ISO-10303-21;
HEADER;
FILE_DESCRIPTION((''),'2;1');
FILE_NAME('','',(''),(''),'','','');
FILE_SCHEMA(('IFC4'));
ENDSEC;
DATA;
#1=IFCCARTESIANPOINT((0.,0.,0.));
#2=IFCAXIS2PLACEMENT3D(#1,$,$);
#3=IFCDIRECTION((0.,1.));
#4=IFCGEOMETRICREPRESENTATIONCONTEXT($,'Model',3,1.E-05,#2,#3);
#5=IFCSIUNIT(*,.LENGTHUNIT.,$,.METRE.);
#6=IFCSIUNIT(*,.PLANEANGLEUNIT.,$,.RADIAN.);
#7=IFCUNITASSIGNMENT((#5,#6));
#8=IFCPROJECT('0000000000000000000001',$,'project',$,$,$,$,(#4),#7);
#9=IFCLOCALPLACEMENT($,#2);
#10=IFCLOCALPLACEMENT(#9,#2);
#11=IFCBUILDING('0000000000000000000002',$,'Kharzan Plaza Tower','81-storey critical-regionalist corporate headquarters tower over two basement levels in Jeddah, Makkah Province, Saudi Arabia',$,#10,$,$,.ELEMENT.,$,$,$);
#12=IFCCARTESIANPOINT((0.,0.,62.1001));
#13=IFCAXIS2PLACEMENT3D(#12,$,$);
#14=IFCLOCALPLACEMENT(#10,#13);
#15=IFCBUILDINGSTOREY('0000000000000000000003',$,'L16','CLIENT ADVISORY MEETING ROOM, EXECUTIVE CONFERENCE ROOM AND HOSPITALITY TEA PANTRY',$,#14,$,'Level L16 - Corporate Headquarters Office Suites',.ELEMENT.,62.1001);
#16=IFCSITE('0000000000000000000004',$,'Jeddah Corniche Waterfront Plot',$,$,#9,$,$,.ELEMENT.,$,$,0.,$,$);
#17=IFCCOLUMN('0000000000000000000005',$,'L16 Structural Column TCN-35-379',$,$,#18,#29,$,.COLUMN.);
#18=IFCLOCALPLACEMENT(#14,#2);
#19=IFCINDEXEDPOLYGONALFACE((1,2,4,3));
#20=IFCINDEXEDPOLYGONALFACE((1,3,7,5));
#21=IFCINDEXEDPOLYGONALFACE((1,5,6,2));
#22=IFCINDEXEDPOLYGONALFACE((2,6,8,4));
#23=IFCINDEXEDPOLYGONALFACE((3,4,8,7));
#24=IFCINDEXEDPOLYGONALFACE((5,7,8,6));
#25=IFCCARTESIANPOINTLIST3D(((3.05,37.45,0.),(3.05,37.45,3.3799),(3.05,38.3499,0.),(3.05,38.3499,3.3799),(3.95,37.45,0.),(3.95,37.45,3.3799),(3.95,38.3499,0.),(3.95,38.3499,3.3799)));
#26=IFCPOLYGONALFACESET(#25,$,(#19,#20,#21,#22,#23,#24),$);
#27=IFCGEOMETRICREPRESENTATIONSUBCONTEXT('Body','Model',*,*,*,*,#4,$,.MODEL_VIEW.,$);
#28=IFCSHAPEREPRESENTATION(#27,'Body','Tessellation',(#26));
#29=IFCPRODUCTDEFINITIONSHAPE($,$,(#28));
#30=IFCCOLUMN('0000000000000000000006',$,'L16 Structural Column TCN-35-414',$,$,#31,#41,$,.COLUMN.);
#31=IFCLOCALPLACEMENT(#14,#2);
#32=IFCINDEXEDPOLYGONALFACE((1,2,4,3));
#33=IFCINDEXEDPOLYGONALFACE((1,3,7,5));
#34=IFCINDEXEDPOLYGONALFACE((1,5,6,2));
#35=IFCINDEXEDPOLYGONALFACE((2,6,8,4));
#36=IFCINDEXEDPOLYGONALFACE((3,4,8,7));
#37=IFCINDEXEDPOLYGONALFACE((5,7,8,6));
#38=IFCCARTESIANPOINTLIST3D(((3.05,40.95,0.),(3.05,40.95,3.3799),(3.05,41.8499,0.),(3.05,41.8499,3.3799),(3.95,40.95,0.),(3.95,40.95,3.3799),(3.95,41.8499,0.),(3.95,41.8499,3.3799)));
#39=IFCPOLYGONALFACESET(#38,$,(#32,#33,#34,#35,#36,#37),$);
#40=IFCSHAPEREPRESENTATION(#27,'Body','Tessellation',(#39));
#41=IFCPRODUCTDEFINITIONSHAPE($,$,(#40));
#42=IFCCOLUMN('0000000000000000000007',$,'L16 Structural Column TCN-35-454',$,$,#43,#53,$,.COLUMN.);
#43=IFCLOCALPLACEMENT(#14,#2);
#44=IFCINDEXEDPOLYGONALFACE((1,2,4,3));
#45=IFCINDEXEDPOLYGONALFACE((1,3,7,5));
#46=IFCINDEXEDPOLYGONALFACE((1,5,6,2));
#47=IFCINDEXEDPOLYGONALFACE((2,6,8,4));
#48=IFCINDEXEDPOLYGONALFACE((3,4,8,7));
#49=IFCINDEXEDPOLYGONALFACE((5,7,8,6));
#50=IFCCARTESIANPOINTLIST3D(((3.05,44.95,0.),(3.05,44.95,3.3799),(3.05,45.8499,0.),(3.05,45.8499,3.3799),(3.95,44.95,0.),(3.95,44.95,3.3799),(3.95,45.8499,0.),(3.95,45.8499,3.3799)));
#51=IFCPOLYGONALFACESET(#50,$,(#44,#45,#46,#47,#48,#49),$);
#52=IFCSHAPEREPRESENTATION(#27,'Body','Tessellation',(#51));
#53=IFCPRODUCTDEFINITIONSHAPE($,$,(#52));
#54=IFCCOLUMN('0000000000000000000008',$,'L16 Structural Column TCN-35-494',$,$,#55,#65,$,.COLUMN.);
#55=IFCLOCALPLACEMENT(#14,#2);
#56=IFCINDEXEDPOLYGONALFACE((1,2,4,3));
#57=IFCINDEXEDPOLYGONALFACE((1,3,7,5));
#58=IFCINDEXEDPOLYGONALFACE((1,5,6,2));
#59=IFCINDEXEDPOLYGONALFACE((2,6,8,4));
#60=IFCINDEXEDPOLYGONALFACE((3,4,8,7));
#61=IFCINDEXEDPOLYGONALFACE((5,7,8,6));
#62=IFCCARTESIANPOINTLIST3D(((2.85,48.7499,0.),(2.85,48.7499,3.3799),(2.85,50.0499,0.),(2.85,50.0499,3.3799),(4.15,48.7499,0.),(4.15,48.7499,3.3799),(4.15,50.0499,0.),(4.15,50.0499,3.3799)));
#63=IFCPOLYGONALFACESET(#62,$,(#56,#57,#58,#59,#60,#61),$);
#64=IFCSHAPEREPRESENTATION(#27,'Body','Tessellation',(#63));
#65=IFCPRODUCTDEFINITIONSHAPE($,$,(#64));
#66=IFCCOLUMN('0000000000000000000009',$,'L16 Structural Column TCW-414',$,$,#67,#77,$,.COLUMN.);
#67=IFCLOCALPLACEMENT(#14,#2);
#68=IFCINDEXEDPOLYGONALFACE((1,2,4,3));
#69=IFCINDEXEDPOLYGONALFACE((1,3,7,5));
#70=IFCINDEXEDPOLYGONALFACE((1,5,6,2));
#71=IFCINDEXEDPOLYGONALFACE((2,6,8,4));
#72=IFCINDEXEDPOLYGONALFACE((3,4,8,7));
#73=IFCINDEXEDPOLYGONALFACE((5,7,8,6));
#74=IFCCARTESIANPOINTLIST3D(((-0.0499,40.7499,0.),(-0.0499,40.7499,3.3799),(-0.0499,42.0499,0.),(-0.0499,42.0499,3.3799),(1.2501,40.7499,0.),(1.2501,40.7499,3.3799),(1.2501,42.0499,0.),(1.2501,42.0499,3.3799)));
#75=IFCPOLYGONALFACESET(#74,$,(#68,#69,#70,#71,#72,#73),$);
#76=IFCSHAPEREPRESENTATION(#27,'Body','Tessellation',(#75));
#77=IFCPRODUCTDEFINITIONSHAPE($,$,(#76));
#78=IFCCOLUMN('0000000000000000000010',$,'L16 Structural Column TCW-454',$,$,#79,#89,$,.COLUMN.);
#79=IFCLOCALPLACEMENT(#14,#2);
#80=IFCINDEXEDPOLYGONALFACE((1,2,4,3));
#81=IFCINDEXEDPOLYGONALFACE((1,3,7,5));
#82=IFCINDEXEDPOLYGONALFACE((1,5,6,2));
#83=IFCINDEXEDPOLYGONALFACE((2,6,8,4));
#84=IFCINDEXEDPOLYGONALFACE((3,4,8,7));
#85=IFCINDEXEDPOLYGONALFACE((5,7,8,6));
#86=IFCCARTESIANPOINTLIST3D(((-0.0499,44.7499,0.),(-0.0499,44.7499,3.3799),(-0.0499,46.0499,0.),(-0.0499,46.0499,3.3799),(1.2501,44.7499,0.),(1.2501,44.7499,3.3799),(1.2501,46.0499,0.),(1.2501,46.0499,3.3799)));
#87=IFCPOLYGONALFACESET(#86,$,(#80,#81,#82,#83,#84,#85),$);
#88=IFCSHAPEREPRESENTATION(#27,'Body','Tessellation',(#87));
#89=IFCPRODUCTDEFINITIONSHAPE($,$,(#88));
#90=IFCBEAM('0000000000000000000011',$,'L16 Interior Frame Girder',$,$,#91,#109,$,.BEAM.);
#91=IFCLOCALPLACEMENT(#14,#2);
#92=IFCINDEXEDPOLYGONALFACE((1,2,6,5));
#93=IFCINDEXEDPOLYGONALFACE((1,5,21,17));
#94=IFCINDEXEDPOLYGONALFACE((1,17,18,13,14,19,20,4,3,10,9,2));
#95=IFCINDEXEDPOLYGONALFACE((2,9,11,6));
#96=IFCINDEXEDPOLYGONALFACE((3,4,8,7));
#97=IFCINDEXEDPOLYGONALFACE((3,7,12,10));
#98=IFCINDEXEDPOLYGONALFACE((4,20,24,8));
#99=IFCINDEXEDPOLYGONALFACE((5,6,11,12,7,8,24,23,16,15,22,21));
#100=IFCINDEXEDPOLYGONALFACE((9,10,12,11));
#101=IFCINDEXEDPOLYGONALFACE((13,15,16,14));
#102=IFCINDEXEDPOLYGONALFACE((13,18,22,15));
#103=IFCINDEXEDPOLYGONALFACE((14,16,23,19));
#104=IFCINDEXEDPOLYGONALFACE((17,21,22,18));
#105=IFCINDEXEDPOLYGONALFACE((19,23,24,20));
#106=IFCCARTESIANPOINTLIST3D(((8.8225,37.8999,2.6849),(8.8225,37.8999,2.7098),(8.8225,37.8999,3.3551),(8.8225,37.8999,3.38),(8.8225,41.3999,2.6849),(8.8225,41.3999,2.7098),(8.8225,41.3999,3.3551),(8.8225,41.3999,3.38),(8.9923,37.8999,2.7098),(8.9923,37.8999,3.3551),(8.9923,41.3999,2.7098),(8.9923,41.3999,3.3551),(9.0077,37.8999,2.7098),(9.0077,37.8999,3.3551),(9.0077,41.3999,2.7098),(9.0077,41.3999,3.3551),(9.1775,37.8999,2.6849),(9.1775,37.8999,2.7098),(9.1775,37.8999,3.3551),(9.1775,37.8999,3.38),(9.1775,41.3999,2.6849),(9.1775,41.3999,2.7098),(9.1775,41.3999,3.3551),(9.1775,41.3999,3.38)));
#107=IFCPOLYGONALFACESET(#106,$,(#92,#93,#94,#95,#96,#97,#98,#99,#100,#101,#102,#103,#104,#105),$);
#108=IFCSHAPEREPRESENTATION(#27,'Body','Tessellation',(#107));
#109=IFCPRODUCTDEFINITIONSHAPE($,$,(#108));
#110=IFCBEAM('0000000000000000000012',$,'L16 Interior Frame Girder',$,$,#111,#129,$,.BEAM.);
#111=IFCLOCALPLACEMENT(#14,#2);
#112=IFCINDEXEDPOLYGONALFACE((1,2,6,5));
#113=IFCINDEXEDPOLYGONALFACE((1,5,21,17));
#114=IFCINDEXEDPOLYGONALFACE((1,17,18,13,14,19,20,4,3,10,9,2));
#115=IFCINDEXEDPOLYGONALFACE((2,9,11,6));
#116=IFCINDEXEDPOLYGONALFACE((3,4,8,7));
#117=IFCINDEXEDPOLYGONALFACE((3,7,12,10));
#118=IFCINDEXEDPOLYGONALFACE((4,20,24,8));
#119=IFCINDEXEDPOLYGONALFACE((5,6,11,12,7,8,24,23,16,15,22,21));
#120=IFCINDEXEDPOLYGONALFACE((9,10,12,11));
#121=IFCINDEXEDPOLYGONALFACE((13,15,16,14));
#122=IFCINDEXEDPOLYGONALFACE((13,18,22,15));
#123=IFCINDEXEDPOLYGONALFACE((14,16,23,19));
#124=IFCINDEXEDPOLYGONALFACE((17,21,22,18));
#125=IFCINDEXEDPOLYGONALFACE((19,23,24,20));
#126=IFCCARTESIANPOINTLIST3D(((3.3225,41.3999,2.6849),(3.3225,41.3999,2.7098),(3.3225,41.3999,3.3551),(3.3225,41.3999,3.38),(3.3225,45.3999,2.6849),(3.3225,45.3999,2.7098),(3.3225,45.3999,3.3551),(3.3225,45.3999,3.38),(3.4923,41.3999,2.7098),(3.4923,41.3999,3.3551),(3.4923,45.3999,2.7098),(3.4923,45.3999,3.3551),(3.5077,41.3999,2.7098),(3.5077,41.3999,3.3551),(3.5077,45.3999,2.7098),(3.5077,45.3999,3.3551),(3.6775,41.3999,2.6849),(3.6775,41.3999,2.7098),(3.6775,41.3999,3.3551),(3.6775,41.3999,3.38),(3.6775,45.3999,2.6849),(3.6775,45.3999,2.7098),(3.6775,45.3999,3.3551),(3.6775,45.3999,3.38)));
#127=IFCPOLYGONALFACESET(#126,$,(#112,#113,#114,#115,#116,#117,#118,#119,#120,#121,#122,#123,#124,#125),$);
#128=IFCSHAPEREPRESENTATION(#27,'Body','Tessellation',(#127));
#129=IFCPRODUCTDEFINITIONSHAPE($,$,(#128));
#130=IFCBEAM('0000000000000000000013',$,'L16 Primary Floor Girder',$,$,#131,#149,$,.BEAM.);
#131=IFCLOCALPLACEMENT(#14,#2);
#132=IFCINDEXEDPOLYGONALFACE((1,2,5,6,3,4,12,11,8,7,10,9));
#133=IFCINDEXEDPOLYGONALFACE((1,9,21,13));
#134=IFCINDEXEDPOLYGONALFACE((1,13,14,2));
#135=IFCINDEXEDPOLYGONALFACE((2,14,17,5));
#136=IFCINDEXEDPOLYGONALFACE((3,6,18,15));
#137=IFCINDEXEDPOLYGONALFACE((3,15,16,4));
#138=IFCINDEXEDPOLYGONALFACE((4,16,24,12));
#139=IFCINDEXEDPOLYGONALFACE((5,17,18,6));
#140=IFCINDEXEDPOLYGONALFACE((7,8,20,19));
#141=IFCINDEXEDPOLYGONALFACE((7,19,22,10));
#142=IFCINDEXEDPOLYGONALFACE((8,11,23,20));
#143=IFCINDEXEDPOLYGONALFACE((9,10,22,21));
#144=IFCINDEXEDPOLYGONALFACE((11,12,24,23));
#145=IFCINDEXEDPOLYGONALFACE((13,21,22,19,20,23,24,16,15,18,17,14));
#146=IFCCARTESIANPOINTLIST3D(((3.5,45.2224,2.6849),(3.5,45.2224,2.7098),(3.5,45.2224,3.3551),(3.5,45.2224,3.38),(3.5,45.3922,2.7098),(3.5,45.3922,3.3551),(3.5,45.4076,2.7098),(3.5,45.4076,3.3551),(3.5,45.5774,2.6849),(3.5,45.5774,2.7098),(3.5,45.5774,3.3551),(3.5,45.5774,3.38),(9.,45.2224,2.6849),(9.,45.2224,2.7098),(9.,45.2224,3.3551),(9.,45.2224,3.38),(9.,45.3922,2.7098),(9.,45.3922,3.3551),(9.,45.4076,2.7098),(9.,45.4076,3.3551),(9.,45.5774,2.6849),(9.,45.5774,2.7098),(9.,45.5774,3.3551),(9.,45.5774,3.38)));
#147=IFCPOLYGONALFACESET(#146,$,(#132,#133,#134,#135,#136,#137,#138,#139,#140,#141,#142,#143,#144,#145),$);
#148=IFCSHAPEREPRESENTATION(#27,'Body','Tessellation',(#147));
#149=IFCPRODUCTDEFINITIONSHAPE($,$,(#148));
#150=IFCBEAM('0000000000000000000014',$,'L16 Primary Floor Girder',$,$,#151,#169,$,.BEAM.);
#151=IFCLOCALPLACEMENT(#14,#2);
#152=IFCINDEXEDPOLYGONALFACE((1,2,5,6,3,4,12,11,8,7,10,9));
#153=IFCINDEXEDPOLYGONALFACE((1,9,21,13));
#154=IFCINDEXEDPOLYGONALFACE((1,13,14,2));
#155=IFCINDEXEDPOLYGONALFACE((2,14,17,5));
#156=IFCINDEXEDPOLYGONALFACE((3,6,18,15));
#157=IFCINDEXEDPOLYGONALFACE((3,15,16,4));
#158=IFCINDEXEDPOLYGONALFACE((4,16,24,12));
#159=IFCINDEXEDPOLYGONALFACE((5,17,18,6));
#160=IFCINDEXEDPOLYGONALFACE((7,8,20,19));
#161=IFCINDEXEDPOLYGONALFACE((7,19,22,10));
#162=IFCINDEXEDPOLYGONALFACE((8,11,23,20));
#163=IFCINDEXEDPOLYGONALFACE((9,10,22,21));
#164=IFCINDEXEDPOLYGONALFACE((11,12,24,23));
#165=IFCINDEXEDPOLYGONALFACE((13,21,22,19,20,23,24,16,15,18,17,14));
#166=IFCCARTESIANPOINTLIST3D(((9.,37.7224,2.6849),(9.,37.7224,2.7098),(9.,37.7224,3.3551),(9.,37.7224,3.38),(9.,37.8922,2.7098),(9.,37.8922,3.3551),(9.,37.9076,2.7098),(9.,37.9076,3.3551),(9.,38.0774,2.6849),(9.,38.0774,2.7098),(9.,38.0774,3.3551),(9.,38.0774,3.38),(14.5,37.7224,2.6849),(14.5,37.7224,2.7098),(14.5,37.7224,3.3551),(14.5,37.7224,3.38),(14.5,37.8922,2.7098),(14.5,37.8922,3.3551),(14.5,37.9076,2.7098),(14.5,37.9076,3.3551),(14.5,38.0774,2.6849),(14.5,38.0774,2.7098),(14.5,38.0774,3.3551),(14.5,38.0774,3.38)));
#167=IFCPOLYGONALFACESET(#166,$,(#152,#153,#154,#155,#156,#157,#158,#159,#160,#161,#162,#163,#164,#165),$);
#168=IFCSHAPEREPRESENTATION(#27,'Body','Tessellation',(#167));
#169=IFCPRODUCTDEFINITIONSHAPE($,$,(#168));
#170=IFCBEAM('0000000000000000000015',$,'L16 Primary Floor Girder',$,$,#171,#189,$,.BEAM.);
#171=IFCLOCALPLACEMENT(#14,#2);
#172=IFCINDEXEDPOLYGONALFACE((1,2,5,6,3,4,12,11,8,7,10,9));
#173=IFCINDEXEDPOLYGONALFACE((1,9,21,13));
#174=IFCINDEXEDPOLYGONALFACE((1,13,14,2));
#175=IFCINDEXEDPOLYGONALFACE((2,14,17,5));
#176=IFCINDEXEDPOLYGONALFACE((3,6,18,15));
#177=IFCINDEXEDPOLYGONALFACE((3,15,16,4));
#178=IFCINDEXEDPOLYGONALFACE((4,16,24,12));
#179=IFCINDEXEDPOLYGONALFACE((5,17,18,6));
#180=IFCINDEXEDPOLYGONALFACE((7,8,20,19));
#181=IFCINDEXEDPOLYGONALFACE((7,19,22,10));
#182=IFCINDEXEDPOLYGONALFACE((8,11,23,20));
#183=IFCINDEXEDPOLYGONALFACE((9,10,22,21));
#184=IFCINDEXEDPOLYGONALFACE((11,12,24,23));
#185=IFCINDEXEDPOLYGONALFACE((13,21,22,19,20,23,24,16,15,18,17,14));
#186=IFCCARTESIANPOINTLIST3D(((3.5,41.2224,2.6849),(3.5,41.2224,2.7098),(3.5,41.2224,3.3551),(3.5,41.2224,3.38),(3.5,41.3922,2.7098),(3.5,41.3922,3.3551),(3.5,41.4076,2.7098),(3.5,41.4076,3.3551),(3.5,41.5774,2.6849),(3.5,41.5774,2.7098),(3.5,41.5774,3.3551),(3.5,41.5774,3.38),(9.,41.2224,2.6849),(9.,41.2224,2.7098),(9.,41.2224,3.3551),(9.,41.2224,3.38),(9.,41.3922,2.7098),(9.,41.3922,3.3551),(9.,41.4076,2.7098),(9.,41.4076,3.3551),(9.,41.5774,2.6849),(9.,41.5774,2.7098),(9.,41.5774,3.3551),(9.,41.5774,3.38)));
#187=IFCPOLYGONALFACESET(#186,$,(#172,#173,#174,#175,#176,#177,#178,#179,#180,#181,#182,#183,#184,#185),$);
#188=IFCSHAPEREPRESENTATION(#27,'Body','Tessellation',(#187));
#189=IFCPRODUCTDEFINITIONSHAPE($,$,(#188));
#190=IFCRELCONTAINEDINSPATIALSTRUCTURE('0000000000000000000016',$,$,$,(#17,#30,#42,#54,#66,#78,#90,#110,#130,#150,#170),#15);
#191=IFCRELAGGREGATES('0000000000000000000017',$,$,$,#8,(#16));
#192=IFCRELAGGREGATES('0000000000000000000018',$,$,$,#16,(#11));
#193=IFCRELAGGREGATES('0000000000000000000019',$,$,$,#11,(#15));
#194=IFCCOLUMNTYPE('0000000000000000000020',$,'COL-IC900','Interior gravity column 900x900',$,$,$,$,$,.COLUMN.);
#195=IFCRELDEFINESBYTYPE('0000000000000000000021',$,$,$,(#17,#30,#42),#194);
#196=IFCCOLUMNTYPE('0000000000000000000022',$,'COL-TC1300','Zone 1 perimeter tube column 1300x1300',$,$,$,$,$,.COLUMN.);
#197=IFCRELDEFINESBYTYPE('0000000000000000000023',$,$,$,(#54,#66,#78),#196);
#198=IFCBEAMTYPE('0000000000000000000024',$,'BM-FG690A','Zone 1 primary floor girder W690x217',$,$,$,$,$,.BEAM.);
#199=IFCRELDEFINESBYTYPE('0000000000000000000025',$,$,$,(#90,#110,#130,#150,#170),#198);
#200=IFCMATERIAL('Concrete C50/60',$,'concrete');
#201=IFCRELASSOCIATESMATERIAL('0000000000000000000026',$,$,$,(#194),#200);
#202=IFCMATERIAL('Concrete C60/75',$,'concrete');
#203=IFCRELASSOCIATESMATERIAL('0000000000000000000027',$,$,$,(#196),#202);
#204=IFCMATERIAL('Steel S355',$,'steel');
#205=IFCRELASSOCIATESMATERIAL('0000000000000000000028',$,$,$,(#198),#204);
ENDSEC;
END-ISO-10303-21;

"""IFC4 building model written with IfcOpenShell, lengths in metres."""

from ifc_helpers import new_model, si_unit, direction, frame, origin, origin_2d, place, context, subcontext, project, spatial, rectangle, i_section, extrude, source, transform, mapped, material, material_profile, profile_set, type_object, element, save


model = new_model("IFC4")

# Units and contexts
model_context = context("Model", 3, precision=1e-05, world=origin(), true_north=direction((0.0, 1.0)))
body_context = subcontext(model_context, "Body", "Model", "MODEL_VIEW")
ifc_project = project(units=[si_unit("LENGTHUNIT", "METRE"), si_unit("PLANEANGLEUNIT", "RADIAN")], contexts=[model_context])

# Site, building, storey
site_placement = place(None, origin())
site = spatial("IfcSite", under=ifc_project, at=site_placement, Name="Jeddah Corniche Waterfront Plot", CompositionType="ELEMENT", RefElevation=0.0)
building_placement = place(site_placement, origin())
building = spatial("IfcBuilding", under=site, at=building_placement, Name="Kharzan Plaza Tower", Description="81-storey critical-regionalist corporate headquarters tower over two basement levels in Jeddah, Makkah Province, Saudi Arabia", CompositionType="ELEMENT")
storey_placement = place(building_placement, frame((0.0, 0.0, 62.1001)))
storey = spatial("IfcBuildingStorey", under=building, at=storey_placement, Name="L16", Description="CLIENT ADVISORY MEETING ROOM, EXECUTIVE CONFERENCE ROOM AND HOSPITALITY TEA PANTRY", LongName="Level L16 - Corporate Headquarters Office Suites", CompositionType="ELEMENT", Elevation=62.1001)

# Columns
ifc_material_1 = material(Name="Concrete C50/60", Category="concrete")
ifc_material_profile_1 = material_profile(ifc_material_1, rectangle(XDim=0.8999, YDim=0.8999, at=origin_2d()), Name="RC-IC900x900")
ifc_profile_set_1 = profile_set([ifc_material_profile_1], Name="Concrete C50/60")
column_type_1 = type_object("IfcColumnType", Name="COL-IC900", Description="Interior gravity column 900x900", PredefinedType="COLUMN", material=ifc_profile_set_1)
shared_shape_1 = source(origin(), body_context, "Body", "SweptSolid", [
    extrude(rectangle(XDim=0.8999, YDim=0.8999, at=origin_2d()), origin(), (0.0, 0.0, 1.0), 3.3799),
])
for number, where, z_axis, x_axis, name in (
    (1, (3.5, 37.8999, 0.0), (0.0, 0.0, 1.0), (1.0, 0.0, 0.0), "L16 Structural Column TCN-35-379"),
    (2, (3.5, 41.3999, 0.0), (0.0, 0.0, 1.0), (1.0, 0.0, 0.0), "L16 Structural Column TCN-35-414"),
    (3, (3.5, 45.3999, 0.0), (0.0, 0.0, 1.0), (1.0, 0.0, 0.0), "L16 Structural Column TCN-35-454"),
):
    element("IfcColumn", number, at=place(storey_placement, frame(where, z_axis=z_axis, x_axis=x_axis)), inside=storey, type_object=column_type_1, Name=name, PredefinedType="COLUMN", context=body_context, shape_type="MappedRepresentation", body=[
        mapped(shared_shape_1, transform((0.0, 0.0, 0.0), x_axis=(1.0, 0.0, 0.0), y_axis=(0.0, 1.0, 0.0), z_axis=(0.0, 0.0, 1.0))),
    ])
ifc_material_2 = material(Name="Concrete C60/75", Category="concrete")
ifc_material_profile_2 = material_profile(ifc_material_2, rectangle(XDim=1.3, YDim=1.3, at=origin_2d()), Name="RC-TC1300x1300")
ifc_profile_set_2 = profile_set([ifc_material_profile_2], Name="Concrete C60/75")
column_type_2 = type_object("IfcColumnType", Name="COL-TC1300", Description="Zone 1 perimeter tube column 1300x1300", PredefinedType="COLUMN", material=ifc_profile_set_2)
shared_shape_2 = source(origin(), body_context, "Body", "SweptSolid", [
    extrude(rectangle(XDim=1.3, YDim=1.3, at=origin_2d()), origin(), (0.0, 0.0, 1.0), 3.3799),
])
for number, where, z_axis, x_axis, name in (
    (4, (3.5, 49.3999, 0.0), (0.0, 0.0, 1.0), (1.0, 0.0, 0.0), "L16 Structural Column TCN-35-494"),
    (5, (0.6001, 41.3999, 0.0), (0.0, 0.0, 1.0), (1.0, 0.0, 0.0), "L16 Structural Column TCW-414"),
    (6, (0.6001, 45.3999, 0.0), (0.0, 0.0, 1.0), (1.0, 0.0, 0.0), "L16 Structural Column TCW-454"),
):
    element("IfcColumn", number, at=place(storey_placement, frame(where, z_axis=z_axis, x_axis=x_axis)), inside=storey, type_object=column_type_2, Name=name, PredefinedType="COLUMN", context=body_context, shape_type="MappedRepresentation", body=[
        mapped(shared_shape_2, transform((0.0, 0.0, 0.0), x_axis=(1.0, 0.0, 0.0), y_axis=(0.0, 1.0, 0.0), z_axis=(0.0, 0.0, 1.0))),
    ])

# Beams
ifc_material_3 = material(Name="Steel S355", Category="steel")
ifc_material_profile_3 = material_profile(ifc_material_3, i_section(OverallWidth=0.355, OverallDepth=0.6951, WebThickness=0.0154, FlangeThickness=0.0249, at=origin_2d()), Name="W690x217")
ifc_profile_set_3 = profile_set([ifc_material_profile_3], Name="Steel S355")
beam_type_1 = type_object("IfcBeamType", Name="BM-FG690A", Description="Zone 1 primary floor girder W690x217", PredefinedType="BEAM", material=ifc_profile_set_3)
shared_shape_3 = source(origin(), body_context, "Body", "SweptSolid", [
    extrude(i_section(OverallWidth=0.355, OverallDepth=0.6951, WebThickness=0.0154, FlangeThickness=0.0249, at=origin_2d()), origin(), (0.0, 0.0, 1.0), 3.5),
])
beam_1_placement = place(storey_placement, frame((9.0, 37.8999, 3.0325), z_axis=(0.0, 1.0, 0.0), x_axis=(-1.0, 0.0, 0.0)))
element("IfcBeam", 7, at=beam_1_placement, inside=storey, type_object=beam_type_1, Name="L16 Interior Frame Girder", PredefinedType="BEAM", context=body_context, shape_type="MappedRepresentation", body=[
    mapped(shared_shape_3, transform((0.0, 0.0, 0.0), x_axis=(1.0, 0.0, 0.0), y_axis=(0.0, 1.0, 0.0), z_axis=(0.0, 0.0, 1.0))),
])
shared_shape_4 = source(origin(), body_context, "Body", "SweptSolid", [
    extrude(i_section(OverallWidth=0.355, OverallDepth=0.6951, WebThickness=0.0154, FlangeThickness=0.0249, at=origin_2d()), origin(), (0.0, 0.0, 1.0), 4.0),
])
beam_2_placement = place(storey_placement, frame((3.5, 41.3999, 3.0325), z_axis=(0.0, 1.0, 0.0), x_axis=(-1.0, 0.0, 0.0)))
element("IfcBeam", 8, at=beam_2_placement, inside=storey, type_object=beam_type_1, Name="L16 Interior Frame Girder", PredefinedType="BEAM", context=body_context, shape_type="MappedRepresentation", body=[
    mapped(shared_shape_4, transform((0.0, 0.0, 0.0), x_axis=(1.0, 0.0, 0.0), y_axis=(0.0, 1.0, 0.0), z_axis=(0.0, 0.0, 1.0))),
])
shared_shape_5 = source(origin(), body_context, "Body", "SweptSolid", [
    extrude(i_section(OverallWidth=0.355, OverallDepth=0.6951, WebThickness=0.0154, FlangeThickness=0.0249, at=origin_2d()), origin(), (0.0, 0.0, 1.0), 5.5),
])
for number, where, z_axis, x_axis, name in (
    (9, (3.5, 45.3999, 3.0325), (1.0, 0.0, 0.0), (0.0, 1.0, 0.0), "L16 Primary Floor Girder"),
    (10, (9.0, 37.8999, 3.0325), (1.0, 0.0, 0.0), (0.0, 1.0, 0.0), "L16 Primary Floor Girder"),
    (11, (3.5, 41.3999, 3.0325), (1.0, 0.0, 0.0), (0.0, 1.0, 0.0), "L16 Primary Floor Girder"),
):
    element("IfcBeam", number, at=place(storey_placement, frame(where, z_axis=z_axis, x_axis=x_axis)), inside=storey, type_object=beam_type_1, Name=name, PredefinedType="BEAM", context=body_context, shape_type="MappedRepresentation", body=[
        mapped(shared_shape_5, transform((0.0, 0.0, 0.0), x_axis=(1.0, 0.0, 0.0), y_axis=(0.0, 1.0, 0.0), z_axis=(0.0, 0.0, 1.0))),
    ])

save(model, "model.ifc")
